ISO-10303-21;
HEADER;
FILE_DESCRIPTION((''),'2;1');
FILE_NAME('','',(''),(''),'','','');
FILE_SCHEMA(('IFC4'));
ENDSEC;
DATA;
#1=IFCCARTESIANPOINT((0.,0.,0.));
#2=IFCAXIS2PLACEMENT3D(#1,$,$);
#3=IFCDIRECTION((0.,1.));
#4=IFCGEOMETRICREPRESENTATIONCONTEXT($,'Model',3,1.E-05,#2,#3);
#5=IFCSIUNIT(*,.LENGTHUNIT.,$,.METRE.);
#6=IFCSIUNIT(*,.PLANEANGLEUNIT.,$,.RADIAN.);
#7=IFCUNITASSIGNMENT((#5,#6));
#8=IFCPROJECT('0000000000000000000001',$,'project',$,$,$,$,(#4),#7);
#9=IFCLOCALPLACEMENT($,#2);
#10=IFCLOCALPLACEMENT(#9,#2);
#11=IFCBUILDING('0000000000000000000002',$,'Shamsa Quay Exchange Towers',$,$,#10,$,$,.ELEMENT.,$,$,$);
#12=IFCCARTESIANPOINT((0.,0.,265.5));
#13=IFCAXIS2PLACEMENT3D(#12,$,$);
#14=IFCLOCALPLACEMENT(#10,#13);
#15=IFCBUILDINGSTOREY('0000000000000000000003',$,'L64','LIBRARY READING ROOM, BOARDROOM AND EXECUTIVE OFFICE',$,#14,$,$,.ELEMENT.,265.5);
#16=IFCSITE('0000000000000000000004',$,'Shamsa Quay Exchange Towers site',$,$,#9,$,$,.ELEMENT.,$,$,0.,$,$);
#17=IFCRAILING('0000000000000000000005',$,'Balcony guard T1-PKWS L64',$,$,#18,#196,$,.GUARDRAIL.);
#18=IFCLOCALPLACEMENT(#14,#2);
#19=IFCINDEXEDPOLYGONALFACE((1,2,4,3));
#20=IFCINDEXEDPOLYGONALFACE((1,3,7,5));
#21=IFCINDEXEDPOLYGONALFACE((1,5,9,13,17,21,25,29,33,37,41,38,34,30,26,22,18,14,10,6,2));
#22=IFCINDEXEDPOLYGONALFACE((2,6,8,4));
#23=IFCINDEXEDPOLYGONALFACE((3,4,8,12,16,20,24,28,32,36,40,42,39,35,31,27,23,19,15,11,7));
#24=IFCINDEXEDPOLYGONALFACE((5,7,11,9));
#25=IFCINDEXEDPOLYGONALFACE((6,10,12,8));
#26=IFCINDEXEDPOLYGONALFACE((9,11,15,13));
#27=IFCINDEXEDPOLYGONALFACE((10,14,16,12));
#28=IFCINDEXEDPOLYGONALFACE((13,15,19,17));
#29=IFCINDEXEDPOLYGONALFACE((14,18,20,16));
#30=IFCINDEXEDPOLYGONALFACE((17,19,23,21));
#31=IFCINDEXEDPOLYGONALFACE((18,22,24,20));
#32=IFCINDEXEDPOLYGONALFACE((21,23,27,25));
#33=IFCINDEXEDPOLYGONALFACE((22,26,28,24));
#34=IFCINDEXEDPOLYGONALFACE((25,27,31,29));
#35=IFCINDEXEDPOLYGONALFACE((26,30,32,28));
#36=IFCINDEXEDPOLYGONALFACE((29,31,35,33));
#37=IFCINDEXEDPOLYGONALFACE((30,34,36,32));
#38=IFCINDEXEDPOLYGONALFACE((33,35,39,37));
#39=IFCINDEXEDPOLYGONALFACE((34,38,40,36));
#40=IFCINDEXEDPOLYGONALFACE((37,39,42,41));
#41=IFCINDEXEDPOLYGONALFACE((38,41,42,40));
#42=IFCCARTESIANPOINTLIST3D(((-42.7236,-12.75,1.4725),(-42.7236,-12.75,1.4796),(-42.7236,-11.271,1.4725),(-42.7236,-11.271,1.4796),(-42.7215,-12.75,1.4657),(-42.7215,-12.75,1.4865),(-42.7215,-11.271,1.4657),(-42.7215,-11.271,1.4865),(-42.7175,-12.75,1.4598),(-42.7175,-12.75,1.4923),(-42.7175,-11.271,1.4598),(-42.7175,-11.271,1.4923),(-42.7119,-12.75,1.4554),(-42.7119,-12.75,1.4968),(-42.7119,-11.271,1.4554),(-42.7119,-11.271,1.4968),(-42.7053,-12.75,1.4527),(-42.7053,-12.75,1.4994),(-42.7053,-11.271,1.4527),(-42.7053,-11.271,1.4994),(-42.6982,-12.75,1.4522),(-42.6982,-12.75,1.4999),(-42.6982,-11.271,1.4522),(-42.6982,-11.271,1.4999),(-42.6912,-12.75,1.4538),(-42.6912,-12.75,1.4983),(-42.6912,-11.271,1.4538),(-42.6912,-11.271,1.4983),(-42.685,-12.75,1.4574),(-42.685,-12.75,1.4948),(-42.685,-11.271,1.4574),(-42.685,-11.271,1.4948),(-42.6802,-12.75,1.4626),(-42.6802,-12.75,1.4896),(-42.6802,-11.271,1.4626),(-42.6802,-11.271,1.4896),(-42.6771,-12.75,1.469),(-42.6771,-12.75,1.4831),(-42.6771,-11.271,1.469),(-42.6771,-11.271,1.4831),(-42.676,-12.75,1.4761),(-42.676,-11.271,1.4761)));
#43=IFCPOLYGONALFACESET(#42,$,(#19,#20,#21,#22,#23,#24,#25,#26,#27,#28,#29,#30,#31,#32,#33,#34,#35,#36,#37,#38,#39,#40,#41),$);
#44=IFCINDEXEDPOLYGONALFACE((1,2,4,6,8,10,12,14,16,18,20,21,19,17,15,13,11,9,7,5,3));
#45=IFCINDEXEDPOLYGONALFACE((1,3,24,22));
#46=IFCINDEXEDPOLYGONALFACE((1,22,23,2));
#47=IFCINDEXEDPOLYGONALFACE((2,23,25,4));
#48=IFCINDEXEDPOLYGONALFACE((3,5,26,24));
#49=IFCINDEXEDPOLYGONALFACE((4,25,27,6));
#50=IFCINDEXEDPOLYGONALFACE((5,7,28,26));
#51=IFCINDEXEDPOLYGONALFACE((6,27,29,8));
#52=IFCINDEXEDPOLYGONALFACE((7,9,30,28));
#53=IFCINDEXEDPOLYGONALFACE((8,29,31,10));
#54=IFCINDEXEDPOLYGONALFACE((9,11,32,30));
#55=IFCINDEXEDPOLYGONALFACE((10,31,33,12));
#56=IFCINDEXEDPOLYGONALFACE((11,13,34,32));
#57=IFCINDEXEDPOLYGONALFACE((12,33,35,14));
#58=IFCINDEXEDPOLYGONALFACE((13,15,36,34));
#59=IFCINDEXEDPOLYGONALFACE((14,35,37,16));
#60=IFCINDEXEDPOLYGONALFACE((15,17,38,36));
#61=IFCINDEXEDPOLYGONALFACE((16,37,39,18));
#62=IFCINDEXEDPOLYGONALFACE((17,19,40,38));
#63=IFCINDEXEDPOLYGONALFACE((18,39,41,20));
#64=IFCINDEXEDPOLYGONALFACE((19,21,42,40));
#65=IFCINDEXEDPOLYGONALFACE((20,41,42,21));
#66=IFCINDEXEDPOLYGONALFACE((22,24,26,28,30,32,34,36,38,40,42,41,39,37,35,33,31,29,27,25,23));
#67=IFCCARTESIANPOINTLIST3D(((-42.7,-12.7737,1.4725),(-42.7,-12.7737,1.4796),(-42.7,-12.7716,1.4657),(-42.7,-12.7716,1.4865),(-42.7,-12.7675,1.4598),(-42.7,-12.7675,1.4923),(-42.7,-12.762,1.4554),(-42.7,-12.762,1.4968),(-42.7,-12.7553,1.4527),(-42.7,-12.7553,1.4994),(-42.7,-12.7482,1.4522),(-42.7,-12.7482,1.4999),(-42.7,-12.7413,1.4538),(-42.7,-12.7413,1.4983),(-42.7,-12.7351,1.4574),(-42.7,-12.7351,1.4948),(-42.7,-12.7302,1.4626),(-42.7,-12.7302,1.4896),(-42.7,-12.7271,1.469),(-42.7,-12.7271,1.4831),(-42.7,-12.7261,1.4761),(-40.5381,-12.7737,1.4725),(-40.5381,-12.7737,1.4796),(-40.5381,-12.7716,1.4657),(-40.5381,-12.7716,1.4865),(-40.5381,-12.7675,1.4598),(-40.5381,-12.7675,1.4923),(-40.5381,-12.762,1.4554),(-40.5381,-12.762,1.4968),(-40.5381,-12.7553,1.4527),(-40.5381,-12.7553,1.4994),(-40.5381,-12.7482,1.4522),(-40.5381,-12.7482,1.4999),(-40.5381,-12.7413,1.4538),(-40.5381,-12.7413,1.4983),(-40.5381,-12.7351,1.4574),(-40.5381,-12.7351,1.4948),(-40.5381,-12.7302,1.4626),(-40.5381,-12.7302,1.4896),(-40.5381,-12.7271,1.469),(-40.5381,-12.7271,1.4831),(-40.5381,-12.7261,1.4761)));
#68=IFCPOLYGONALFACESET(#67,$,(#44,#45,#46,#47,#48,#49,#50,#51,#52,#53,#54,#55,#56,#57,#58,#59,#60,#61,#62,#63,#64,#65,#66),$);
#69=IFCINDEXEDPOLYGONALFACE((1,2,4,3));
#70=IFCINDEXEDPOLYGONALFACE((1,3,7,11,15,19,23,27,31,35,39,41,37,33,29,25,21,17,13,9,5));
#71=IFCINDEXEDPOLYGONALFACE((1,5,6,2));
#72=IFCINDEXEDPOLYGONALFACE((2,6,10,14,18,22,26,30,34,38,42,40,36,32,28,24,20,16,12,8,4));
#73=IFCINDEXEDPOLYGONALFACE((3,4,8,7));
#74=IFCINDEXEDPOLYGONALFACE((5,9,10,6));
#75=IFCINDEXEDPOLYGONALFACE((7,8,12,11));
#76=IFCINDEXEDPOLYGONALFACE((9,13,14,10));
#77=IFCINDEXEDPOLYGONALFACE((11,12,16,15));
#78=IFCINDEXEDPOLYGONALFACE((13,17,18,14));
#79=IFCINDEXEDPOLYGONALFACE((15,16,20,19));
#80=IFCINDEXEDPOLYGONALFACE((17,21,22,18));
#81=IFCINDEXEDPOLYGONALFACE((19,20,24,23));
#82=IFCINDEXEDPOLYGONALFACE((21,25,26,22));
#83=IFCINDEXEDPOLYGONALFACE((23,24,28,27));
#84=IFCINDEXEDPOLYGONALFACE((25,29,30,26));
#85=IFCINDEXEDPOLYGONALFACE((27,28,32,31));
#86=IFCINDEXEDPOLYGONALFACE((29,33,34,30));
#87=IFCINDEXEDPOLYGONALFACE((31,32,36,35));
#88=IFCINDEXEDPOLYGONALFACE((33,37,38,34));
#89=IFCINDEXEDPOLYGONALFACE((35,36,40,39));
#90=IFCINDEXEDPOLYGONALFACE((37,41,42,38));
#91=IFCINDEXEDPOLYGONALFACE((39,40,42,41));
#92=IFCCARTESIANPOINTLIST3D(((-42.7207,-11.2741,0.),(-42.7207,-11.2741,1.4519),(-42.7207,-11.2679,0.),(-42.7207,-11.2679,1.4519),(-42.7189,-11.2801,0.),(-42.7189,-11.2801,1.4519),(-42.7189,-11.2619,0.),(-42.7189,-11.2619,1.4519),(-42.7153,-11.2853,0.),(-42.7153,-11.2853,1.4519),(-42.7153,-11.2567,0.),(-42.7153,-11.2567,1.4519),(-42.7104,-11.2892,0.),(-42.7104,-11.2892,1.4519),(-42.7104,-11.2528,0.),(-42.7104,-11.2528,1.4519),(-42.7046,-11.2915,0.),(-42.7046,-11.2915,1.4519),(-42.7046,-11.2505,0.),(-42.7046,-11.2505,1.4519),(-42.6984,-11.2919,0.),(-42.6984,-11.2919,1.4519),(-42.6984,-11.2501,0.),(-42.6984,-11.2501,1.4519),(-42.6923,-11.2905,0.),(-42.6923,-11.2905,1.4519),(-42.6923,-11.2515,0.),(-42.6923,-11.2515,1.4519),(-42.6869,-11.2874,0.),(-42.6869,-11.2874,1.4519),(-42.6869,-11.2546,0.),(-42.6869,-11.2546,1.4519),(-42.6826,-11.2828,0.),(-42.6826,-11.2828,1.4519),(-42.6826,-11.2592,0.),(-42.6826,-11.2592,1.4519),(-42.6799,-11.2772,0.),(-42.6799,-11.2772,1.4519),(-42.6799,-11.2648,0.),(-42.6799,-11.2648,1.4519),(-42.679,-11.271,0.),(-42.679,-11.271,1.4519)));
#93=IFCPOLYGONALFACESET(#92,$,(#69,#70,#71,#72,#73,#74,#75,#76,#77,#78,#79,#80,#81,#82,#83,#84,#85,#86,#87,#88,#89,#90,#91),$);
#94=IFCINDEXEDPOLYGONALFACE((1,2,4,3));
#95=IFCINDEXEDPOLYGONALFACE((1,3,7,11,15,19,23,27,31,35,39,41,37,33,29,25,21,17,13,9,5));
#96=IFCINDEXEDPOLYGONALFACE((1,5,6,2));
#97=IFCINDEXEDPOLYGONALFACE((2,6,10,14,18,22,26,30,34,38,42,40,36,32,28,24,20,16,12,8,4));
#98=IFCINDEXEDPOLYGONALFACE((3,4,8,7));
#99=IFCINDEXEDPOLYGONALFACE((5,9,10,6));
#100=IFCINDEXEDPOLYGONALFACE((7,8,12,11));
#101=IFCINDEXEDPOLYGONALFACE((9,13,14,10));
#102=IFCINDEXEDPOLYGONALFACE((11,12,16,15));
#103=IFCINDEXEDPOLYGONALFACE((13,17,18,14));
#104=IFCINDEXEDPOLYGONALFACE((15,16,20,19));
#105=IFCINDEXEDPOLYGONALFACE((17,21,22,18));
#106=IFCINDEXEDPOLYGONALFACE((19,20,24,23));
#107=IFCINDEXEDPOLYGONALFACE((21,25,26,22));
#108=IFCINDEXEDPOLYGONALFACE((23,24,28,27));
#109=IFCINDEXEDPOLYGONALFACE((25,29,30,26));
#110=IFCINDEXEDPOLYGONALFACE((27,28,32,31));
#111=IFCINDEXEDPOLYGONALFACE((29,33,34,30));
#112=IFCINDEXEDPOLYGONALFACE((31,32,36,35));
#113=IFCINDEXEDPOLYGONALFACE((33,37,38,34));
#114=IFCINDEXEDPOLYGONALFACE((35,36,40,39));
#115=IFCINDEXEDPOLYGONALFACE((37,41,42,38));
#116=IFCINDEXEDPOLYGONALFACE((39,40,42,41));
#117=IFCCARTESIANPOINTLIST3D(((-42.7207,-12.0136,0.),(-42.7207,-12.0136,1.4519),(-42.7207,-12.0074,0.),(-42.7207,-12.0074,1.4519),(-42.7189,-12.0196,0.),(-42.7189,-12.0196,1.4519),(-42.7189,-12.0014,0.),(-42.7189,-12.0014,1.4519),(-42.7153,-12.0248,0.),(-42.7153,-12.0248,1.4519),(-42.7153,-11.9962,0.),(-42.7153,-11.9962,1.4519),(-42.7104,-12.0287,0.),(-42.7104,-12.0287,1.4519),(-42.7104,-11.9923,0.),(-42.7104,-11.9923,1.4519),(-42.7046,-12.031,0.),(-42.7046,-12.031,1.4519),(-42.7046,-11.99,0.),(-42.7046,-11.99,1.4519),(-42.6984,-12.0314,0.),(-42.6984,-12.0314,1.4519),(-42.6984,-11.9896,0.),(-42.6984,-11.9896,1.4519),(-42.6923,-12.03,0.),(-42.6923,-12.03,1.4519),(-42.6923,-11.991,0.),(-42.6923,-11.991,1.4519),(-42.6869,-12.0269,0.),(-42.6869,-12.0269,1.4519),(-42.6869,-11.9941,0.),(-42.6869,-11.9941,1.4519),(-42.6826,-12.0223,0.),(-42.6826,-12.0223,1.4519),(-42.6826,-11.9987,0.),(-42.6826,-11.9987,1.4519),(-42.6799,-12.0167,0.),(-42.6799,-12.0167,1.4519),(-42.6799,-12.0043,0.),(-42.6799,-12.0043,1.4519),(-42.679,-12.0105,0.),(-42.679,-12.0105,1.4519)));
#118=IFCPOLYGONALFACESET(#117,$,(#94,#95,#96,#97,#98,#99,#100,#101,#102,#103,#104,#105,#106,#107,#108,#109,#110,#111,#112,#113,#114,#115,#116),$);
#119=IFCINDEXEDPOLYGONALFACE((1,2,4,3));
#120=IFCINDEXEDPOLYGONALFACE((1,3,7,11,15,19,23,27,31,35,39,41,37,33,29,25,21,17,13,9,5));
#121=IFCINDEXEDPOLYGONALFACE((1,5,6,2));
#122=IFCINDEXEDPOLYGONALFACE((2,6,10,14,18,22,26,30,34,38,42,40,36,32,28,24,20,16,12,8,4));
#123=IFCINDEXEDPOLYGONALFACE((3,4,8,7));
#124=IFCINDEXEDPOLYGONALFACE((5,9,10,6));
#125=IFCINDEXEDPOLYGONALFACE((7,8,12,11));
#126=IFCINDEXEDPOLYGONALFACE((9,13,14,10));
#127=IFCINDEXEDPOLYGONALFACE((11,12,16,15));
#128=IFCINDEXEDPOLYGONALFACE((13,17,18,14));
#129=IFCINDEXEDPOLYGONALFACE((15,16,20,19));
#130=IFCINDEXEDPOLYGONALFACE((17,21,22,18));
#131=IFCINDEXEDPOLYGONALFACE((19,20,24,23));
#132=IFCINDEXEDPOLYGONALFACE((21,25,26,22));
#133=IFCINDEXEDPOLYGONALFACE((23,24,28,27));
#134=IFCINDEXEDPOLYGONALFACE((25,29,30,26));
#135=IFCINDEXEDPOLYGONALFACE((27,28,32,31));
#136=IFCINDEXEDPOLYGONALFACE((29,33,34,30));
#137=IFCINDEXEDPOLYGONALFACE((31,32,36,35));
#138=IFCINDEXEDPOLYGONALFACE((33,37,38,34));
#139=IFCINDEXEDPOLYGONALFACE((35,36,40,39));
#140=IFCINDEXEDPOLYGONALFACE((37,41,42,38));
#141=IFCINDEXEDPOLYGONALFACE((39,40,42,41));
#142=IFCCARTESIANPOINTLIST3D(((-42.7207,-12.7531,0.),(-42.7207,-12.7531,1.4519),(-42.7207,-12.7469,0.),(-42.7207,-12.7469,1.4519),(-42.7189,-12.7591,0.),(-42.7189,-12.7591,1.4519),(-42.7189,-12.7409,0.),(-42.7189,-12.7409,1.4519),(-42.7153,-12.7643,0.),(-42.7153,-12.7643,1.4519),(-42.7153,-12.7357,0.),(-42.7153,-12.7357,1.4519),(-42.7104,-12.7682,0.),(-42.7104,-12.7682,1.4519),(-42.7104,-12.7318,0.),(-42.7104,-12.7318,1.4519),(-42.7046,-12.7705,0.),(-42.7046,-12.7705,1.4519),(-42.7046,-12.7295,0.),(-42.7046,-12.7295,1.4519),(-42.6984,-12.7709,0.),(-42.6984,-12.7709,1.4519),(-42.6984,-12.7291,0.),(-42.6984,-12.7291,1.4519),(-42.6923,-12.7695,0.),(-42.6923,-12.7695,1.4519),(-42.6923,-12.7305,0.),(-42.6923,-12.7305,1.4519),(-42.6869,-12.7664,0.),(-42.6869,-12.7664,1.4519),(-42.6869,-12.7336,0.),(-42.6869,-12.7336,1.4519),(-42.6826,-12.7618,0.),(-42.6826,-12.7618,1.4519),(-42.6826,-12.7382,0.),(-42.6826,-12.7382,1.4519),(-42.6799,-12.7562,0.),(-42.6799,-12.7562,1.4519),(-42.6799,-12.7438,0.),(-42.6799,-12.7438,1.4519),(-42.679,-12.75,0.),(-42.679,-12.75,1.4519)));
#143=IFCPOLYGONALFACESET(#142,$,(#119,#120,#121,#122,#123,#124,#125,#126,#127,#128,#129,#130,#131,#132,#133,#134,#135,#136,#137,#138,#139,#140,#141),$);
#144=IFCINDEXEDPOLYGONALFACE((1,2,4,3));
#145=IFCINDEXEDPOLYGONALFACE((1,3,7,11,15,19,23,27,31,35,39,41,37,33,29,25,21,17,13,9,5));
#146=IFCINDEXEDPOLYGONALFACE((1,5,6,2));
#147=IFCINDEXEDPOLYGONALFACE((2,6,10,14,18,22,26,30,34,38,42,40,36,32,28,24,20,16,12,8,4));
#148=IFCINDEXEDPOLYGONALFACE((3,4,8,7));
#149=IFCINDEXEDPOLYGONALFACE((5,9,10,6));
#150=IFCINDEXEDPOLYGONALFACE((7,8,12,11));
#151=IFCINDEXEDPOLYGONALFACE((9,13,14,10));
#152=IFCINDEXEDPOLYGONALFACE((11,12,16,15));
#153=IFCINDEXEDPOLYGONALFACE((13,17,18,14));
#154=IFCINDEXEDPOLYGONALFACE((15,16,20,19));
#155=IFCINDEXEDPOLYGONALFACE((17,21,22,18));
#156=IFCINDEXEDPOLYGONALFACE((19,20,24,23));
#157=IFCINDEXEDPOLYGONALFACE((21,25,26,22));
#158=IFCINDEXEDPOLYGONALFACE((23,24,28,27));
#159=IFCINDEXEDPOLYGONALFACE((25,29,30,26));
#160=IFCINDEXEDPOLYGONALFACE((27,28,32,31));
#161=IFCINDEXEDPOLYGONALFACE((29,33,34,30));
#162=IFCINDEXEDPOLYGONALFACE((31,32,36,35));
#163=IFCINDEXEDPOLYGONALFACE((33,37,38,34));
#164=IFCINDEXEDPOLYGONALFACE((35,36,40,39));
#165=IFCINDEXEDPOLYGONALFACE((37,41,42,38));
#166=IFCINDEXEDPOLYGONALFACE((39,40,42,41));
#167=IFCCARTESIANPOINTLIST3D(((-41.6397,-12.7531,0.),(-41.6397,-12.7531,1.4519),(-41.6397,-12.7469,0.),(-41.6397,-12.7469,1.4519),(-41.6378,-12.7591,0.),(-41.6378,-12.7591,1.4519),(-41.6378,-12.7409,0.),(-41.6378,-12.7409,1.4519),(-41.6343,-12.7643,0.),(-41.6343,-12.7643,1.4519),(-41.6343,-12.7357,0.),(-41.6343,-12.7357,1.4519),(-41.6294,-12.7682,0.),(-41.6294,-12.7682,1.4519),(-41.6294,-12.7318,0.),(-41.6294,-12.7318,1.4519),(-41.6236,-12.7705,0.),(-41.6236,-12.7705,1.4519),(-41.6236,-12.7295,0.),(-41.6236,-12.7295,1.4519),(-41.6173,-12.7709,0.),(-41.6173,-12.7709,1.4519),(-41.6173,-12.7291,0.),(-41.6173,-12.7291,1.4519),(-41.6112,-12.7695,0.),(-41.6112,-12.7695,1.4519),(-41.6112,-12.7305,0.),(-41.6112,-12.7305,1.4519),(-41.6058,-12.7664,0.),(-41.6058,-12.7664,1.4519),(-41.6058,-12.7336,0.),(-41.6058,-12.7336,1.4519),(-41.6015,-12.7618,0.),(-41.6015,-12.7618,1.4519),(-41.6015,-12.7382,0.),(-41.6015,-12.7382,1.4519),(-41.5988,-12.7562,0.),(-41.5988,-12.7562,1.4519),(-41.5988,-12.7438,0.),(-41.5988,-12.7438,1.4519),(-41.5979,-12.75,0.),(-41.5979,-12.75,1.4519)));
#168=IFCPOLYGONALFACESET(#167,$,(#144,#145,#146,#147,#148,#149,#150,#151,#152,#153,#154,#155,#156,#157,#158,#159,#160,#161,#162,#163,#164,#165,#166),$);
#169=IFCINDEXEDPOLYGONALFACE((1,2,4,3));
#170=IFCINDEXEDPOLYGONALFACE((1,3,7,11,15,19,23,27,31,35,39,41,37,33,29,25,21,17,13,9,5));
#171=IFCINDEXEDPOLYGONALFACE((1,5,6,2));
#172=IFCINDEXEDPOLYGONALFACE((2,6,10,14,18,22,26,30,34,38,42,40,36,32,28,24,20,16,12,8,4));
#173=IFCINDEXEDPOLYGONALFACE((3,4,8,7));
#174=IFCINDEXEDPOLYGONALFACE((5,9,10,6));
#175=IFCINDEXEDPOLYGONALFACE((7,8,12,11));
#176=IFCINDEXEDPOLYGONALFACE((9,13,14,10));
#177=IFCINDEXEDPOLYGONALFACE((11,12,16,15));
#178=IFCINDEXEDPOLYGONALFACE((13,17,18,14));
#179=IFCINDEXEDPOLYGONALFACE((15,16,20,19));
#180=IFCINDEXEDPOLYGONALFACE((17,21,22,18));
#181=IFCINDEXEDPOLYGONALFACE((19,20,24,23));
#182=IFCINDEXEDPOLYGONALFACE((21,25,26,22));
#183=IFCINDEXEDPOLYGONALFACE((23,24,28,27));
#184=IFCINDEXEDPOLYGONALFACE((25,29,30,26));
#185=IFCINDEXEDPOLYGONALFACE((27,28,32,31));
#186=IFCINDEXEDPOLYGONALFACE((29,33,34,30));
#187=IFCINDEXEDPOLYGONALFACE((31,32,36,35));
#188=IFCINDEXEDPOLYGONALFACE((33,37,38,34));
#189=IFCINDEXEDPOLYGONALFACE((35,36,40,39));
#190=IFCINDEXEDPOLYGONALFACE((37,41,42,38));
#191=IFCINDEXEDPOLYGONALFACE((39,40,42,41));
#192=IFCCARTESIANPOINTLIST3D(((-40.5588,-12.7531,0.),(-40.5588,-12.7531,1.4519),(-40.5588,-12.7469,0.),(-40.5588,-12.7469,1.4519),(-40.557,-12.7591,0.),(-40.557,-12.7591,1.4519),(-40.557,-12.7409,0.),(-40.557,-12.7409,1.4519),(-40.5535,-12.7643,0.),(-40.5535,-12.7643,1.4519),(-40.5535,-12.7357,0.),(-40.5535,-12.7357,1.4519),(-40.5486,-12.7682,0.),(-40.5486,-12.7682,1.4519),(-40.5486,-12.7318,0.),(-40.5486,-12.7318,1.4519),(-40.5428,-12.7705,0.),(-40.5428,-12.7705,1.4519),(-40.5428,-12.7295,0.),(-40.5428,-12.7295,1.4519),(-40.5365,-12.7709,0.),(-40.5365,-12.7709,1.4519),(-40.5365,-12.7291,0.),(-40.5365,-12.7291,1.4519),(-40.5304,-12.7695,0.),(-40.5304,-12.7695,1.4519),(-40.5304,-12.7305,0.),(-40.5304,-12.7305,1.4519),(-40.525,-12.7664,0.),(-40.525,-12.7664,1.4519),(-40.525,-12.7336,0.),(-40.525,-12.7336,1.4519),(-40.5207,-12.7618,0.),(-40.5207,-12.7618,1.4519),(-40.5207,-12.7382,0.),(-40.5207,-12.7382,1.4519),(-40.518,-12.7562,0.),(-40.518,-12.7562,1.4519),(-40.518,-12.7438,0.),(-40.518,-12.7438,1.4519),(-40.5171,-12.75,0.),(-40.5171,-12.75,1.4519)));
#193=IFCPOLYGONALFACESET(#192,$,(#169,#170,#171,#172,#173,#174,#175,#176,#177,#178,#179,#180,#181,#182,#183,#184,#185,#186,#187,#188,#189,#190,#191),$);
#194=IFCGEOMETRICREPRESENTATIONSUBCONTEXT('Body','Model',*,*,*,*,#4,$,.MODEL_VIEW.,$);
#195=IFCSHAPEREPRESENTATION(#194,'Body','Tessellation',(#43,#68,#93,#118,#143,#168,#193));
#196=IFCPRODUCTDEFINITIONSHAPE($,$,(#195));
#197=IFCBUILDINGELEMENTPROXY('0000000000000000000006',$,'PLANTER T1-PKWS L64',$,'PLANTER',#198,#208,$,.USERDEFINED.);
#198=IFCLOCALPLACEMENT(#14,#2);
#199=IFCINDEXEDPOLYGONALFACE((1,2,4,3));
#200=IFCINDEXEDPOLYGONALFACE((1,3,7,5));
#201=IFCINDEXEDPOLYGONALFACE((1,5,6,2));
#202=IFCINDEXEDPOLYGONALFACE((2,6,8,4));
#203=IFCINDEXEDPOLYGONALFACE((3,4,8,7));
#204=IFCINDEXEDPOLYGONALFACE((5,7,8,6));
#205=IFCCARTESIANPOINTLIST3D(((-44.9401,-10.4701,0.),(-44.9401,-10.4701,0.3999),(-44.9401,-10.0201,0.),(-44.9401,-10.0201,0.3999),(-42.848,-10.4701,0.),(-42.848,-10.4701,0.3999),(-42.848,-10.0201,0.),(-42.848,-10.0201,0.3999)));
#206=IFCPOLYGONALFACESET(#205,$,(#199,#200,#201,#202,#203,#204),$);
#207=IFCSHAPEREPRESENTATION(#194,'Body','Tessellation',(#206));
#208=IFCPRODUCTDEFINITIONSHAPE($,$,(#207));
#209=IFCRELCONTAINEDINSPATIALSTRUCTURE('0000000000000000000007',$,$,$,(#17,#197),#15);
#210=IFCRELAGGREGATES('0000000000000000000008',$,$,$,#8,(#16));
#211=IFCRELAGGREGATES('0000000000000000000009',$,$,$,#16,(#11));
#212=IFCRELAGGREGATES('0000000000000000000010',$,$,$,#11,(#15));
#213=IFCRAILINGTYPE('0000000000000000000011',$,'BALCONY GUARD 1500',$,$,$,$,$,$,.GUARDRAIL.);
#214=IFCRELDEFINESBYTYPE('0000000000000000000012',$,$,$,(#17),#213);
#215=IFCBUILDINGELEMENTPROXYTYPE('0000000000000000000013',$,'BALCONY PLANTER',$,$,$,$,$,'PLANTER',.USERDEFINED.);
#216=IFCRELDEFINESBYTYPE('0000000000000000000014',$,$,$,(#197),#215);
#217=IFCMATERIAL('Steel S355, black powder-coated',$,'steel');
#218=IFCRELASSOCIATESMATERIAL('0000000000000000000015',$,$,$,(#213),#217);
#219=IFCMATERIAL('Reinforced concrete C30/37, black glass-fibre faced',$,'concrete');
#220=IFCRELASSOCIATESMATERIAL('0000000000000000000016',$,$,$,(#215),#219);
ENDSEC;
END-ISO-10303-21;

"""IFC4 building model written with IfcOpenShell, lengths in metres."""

from ifc_helpers import new_model, si_unit, direction, frame, origin, origin_2d, place, context, subcontext, project, spatial, rectangle, circle, extrude, material, type_object, element, save


model = new_model("IFC4")

# Units and contexts
model_context = context("Model", 3, precision=1e-05, world=origin(), true_north=direction((0.0, 1.0)))
body_context = subcontext(model_context, "Body", "Model", "MODEL_VIEW")
ifc_project = project(units=[si_unit("LENGTHUNIT", "METRE"), si_unit("PLANEANGLEUNIT", "RADIAN")], contexts=[model_context])

# Site, building, storey
site_placement = place(None, origin())
site = spatial("IfcSite", under=ifc_project, at=site_placement, Name="Shamsa Quay Exchange Towers site", CompositionType="ELEMENT", RefElevation=0.0)
building_placement = place(site_placement, origin())
building = spatial("IfcBuilding", under=site, at=building_placement, Name="Shamsa Quay Exchange Towers", CompositionType="ELEMENT")
storey_placement = place(building_placement, frame((0.0, 0.0, 265.5)))
storey = spatial("IfcBuildingStorey", under=building, at=storey_placement, Name="L64", Description="LIBRARY READING ROOM, BOARDROOM AND EXECUTIVE OFFICE", CompositionType="ELEMENT", Elevation=265.5)

# Railing
ifc_material_1 = material(Name="Steel S355, black powder-coated", Category="steel")
railing_type_1 = type_object("IfcRailingType", Name="BALCONY GUARD 1500", PredefinedType="GUARDRAIL", material=ifc_material_1)
for number, where, name in (
    (1, (-42.7, -11.271, 0.0), "Balcony guard T1-PKWS L64"),
):
    element("IfcRailing", number, at=place(storey_placement, frame(where)), inside=storey, type_object=railing_type_1, Name=name, PredefinedType="GUARDRAIL", context=body_context, shape_type="SweptSolid", body=[
        extrude(circle(Radius=0.0239, at=origin_2d()), frame((0.0, 0.0, 1.4761), z_axis=(0.0, -1.0, 0.0), x_axis=(1.0, 0.0, 0.0)), (0.0, 0.0, 1.0), 1.479),
        extrude(circle(Radius=0.0239, at=origin_2d()), frame((0.0, -1.479, 1.4761), z_axis=(1.0, 0.0, 0.0), x_axis=(0.0, 1.0, 0.0)), (0.0, 0.0, 1.0), 2.1619),
        extrude(circle(Radius=0.021, at=origin_2d()), origin(), (0.0, 0.0, 1.0), 1.4519),
        extrude(circle(Radius=0.021, at=origin_2d()), frame((0.0, -0.7395, 0.0)), (0.0, 0.0, 1.0), 1.4519),
        extrude(circle(Radius=0.021, at=origin_2d()), frame((0.0, -1.479, 0.0)), (0.0, 0.0, 1.0), 1.4519),
        extrude(circle(Radius=0.021, at=origin_2d()), frame((1.0811, -1.479, 0.0)), (0.0, 0.0, 1.0), 1.4519),
        extrude(circle(Radius=0.021, at=origin_2d()), frame((2.1619, -1.479, 0.0)), (0.0, 0.0, 1.0), 1.4519),
    ])

# Building element proxy
ifc_material_2 = material(Name="Reinforced concrete C30/37, black glass-fibre faced", Category="concrete")
building_element_proxy_type = type_object("IfcBuildingElementProxyType", Name="BALCONY PLANTER", ElementType="PLANTER", PredefinedType="USERDEFINED", material=ifc_material_2)
proxy_placement = place(storey_placement, frame((-43.894, -10.2451, 0.0)))
element("IfcBuildingElementProxy", 2, at=proxy_placement, inside=storey, type_object=building_element_proxy_type, Name="PLANTER T1-PKWS L64", ObjectType="PLANTER", PredefinedType="USERDEFINED", context=body_context, shape_type="SweptSolid", body=[
    extrude(rectangle(XDim=2.092, YDim=0.45, at=origin_2d()), origin(), (0.0, 0.0, 1.0), 0.3999),
])

save(model, "model.ifc")
